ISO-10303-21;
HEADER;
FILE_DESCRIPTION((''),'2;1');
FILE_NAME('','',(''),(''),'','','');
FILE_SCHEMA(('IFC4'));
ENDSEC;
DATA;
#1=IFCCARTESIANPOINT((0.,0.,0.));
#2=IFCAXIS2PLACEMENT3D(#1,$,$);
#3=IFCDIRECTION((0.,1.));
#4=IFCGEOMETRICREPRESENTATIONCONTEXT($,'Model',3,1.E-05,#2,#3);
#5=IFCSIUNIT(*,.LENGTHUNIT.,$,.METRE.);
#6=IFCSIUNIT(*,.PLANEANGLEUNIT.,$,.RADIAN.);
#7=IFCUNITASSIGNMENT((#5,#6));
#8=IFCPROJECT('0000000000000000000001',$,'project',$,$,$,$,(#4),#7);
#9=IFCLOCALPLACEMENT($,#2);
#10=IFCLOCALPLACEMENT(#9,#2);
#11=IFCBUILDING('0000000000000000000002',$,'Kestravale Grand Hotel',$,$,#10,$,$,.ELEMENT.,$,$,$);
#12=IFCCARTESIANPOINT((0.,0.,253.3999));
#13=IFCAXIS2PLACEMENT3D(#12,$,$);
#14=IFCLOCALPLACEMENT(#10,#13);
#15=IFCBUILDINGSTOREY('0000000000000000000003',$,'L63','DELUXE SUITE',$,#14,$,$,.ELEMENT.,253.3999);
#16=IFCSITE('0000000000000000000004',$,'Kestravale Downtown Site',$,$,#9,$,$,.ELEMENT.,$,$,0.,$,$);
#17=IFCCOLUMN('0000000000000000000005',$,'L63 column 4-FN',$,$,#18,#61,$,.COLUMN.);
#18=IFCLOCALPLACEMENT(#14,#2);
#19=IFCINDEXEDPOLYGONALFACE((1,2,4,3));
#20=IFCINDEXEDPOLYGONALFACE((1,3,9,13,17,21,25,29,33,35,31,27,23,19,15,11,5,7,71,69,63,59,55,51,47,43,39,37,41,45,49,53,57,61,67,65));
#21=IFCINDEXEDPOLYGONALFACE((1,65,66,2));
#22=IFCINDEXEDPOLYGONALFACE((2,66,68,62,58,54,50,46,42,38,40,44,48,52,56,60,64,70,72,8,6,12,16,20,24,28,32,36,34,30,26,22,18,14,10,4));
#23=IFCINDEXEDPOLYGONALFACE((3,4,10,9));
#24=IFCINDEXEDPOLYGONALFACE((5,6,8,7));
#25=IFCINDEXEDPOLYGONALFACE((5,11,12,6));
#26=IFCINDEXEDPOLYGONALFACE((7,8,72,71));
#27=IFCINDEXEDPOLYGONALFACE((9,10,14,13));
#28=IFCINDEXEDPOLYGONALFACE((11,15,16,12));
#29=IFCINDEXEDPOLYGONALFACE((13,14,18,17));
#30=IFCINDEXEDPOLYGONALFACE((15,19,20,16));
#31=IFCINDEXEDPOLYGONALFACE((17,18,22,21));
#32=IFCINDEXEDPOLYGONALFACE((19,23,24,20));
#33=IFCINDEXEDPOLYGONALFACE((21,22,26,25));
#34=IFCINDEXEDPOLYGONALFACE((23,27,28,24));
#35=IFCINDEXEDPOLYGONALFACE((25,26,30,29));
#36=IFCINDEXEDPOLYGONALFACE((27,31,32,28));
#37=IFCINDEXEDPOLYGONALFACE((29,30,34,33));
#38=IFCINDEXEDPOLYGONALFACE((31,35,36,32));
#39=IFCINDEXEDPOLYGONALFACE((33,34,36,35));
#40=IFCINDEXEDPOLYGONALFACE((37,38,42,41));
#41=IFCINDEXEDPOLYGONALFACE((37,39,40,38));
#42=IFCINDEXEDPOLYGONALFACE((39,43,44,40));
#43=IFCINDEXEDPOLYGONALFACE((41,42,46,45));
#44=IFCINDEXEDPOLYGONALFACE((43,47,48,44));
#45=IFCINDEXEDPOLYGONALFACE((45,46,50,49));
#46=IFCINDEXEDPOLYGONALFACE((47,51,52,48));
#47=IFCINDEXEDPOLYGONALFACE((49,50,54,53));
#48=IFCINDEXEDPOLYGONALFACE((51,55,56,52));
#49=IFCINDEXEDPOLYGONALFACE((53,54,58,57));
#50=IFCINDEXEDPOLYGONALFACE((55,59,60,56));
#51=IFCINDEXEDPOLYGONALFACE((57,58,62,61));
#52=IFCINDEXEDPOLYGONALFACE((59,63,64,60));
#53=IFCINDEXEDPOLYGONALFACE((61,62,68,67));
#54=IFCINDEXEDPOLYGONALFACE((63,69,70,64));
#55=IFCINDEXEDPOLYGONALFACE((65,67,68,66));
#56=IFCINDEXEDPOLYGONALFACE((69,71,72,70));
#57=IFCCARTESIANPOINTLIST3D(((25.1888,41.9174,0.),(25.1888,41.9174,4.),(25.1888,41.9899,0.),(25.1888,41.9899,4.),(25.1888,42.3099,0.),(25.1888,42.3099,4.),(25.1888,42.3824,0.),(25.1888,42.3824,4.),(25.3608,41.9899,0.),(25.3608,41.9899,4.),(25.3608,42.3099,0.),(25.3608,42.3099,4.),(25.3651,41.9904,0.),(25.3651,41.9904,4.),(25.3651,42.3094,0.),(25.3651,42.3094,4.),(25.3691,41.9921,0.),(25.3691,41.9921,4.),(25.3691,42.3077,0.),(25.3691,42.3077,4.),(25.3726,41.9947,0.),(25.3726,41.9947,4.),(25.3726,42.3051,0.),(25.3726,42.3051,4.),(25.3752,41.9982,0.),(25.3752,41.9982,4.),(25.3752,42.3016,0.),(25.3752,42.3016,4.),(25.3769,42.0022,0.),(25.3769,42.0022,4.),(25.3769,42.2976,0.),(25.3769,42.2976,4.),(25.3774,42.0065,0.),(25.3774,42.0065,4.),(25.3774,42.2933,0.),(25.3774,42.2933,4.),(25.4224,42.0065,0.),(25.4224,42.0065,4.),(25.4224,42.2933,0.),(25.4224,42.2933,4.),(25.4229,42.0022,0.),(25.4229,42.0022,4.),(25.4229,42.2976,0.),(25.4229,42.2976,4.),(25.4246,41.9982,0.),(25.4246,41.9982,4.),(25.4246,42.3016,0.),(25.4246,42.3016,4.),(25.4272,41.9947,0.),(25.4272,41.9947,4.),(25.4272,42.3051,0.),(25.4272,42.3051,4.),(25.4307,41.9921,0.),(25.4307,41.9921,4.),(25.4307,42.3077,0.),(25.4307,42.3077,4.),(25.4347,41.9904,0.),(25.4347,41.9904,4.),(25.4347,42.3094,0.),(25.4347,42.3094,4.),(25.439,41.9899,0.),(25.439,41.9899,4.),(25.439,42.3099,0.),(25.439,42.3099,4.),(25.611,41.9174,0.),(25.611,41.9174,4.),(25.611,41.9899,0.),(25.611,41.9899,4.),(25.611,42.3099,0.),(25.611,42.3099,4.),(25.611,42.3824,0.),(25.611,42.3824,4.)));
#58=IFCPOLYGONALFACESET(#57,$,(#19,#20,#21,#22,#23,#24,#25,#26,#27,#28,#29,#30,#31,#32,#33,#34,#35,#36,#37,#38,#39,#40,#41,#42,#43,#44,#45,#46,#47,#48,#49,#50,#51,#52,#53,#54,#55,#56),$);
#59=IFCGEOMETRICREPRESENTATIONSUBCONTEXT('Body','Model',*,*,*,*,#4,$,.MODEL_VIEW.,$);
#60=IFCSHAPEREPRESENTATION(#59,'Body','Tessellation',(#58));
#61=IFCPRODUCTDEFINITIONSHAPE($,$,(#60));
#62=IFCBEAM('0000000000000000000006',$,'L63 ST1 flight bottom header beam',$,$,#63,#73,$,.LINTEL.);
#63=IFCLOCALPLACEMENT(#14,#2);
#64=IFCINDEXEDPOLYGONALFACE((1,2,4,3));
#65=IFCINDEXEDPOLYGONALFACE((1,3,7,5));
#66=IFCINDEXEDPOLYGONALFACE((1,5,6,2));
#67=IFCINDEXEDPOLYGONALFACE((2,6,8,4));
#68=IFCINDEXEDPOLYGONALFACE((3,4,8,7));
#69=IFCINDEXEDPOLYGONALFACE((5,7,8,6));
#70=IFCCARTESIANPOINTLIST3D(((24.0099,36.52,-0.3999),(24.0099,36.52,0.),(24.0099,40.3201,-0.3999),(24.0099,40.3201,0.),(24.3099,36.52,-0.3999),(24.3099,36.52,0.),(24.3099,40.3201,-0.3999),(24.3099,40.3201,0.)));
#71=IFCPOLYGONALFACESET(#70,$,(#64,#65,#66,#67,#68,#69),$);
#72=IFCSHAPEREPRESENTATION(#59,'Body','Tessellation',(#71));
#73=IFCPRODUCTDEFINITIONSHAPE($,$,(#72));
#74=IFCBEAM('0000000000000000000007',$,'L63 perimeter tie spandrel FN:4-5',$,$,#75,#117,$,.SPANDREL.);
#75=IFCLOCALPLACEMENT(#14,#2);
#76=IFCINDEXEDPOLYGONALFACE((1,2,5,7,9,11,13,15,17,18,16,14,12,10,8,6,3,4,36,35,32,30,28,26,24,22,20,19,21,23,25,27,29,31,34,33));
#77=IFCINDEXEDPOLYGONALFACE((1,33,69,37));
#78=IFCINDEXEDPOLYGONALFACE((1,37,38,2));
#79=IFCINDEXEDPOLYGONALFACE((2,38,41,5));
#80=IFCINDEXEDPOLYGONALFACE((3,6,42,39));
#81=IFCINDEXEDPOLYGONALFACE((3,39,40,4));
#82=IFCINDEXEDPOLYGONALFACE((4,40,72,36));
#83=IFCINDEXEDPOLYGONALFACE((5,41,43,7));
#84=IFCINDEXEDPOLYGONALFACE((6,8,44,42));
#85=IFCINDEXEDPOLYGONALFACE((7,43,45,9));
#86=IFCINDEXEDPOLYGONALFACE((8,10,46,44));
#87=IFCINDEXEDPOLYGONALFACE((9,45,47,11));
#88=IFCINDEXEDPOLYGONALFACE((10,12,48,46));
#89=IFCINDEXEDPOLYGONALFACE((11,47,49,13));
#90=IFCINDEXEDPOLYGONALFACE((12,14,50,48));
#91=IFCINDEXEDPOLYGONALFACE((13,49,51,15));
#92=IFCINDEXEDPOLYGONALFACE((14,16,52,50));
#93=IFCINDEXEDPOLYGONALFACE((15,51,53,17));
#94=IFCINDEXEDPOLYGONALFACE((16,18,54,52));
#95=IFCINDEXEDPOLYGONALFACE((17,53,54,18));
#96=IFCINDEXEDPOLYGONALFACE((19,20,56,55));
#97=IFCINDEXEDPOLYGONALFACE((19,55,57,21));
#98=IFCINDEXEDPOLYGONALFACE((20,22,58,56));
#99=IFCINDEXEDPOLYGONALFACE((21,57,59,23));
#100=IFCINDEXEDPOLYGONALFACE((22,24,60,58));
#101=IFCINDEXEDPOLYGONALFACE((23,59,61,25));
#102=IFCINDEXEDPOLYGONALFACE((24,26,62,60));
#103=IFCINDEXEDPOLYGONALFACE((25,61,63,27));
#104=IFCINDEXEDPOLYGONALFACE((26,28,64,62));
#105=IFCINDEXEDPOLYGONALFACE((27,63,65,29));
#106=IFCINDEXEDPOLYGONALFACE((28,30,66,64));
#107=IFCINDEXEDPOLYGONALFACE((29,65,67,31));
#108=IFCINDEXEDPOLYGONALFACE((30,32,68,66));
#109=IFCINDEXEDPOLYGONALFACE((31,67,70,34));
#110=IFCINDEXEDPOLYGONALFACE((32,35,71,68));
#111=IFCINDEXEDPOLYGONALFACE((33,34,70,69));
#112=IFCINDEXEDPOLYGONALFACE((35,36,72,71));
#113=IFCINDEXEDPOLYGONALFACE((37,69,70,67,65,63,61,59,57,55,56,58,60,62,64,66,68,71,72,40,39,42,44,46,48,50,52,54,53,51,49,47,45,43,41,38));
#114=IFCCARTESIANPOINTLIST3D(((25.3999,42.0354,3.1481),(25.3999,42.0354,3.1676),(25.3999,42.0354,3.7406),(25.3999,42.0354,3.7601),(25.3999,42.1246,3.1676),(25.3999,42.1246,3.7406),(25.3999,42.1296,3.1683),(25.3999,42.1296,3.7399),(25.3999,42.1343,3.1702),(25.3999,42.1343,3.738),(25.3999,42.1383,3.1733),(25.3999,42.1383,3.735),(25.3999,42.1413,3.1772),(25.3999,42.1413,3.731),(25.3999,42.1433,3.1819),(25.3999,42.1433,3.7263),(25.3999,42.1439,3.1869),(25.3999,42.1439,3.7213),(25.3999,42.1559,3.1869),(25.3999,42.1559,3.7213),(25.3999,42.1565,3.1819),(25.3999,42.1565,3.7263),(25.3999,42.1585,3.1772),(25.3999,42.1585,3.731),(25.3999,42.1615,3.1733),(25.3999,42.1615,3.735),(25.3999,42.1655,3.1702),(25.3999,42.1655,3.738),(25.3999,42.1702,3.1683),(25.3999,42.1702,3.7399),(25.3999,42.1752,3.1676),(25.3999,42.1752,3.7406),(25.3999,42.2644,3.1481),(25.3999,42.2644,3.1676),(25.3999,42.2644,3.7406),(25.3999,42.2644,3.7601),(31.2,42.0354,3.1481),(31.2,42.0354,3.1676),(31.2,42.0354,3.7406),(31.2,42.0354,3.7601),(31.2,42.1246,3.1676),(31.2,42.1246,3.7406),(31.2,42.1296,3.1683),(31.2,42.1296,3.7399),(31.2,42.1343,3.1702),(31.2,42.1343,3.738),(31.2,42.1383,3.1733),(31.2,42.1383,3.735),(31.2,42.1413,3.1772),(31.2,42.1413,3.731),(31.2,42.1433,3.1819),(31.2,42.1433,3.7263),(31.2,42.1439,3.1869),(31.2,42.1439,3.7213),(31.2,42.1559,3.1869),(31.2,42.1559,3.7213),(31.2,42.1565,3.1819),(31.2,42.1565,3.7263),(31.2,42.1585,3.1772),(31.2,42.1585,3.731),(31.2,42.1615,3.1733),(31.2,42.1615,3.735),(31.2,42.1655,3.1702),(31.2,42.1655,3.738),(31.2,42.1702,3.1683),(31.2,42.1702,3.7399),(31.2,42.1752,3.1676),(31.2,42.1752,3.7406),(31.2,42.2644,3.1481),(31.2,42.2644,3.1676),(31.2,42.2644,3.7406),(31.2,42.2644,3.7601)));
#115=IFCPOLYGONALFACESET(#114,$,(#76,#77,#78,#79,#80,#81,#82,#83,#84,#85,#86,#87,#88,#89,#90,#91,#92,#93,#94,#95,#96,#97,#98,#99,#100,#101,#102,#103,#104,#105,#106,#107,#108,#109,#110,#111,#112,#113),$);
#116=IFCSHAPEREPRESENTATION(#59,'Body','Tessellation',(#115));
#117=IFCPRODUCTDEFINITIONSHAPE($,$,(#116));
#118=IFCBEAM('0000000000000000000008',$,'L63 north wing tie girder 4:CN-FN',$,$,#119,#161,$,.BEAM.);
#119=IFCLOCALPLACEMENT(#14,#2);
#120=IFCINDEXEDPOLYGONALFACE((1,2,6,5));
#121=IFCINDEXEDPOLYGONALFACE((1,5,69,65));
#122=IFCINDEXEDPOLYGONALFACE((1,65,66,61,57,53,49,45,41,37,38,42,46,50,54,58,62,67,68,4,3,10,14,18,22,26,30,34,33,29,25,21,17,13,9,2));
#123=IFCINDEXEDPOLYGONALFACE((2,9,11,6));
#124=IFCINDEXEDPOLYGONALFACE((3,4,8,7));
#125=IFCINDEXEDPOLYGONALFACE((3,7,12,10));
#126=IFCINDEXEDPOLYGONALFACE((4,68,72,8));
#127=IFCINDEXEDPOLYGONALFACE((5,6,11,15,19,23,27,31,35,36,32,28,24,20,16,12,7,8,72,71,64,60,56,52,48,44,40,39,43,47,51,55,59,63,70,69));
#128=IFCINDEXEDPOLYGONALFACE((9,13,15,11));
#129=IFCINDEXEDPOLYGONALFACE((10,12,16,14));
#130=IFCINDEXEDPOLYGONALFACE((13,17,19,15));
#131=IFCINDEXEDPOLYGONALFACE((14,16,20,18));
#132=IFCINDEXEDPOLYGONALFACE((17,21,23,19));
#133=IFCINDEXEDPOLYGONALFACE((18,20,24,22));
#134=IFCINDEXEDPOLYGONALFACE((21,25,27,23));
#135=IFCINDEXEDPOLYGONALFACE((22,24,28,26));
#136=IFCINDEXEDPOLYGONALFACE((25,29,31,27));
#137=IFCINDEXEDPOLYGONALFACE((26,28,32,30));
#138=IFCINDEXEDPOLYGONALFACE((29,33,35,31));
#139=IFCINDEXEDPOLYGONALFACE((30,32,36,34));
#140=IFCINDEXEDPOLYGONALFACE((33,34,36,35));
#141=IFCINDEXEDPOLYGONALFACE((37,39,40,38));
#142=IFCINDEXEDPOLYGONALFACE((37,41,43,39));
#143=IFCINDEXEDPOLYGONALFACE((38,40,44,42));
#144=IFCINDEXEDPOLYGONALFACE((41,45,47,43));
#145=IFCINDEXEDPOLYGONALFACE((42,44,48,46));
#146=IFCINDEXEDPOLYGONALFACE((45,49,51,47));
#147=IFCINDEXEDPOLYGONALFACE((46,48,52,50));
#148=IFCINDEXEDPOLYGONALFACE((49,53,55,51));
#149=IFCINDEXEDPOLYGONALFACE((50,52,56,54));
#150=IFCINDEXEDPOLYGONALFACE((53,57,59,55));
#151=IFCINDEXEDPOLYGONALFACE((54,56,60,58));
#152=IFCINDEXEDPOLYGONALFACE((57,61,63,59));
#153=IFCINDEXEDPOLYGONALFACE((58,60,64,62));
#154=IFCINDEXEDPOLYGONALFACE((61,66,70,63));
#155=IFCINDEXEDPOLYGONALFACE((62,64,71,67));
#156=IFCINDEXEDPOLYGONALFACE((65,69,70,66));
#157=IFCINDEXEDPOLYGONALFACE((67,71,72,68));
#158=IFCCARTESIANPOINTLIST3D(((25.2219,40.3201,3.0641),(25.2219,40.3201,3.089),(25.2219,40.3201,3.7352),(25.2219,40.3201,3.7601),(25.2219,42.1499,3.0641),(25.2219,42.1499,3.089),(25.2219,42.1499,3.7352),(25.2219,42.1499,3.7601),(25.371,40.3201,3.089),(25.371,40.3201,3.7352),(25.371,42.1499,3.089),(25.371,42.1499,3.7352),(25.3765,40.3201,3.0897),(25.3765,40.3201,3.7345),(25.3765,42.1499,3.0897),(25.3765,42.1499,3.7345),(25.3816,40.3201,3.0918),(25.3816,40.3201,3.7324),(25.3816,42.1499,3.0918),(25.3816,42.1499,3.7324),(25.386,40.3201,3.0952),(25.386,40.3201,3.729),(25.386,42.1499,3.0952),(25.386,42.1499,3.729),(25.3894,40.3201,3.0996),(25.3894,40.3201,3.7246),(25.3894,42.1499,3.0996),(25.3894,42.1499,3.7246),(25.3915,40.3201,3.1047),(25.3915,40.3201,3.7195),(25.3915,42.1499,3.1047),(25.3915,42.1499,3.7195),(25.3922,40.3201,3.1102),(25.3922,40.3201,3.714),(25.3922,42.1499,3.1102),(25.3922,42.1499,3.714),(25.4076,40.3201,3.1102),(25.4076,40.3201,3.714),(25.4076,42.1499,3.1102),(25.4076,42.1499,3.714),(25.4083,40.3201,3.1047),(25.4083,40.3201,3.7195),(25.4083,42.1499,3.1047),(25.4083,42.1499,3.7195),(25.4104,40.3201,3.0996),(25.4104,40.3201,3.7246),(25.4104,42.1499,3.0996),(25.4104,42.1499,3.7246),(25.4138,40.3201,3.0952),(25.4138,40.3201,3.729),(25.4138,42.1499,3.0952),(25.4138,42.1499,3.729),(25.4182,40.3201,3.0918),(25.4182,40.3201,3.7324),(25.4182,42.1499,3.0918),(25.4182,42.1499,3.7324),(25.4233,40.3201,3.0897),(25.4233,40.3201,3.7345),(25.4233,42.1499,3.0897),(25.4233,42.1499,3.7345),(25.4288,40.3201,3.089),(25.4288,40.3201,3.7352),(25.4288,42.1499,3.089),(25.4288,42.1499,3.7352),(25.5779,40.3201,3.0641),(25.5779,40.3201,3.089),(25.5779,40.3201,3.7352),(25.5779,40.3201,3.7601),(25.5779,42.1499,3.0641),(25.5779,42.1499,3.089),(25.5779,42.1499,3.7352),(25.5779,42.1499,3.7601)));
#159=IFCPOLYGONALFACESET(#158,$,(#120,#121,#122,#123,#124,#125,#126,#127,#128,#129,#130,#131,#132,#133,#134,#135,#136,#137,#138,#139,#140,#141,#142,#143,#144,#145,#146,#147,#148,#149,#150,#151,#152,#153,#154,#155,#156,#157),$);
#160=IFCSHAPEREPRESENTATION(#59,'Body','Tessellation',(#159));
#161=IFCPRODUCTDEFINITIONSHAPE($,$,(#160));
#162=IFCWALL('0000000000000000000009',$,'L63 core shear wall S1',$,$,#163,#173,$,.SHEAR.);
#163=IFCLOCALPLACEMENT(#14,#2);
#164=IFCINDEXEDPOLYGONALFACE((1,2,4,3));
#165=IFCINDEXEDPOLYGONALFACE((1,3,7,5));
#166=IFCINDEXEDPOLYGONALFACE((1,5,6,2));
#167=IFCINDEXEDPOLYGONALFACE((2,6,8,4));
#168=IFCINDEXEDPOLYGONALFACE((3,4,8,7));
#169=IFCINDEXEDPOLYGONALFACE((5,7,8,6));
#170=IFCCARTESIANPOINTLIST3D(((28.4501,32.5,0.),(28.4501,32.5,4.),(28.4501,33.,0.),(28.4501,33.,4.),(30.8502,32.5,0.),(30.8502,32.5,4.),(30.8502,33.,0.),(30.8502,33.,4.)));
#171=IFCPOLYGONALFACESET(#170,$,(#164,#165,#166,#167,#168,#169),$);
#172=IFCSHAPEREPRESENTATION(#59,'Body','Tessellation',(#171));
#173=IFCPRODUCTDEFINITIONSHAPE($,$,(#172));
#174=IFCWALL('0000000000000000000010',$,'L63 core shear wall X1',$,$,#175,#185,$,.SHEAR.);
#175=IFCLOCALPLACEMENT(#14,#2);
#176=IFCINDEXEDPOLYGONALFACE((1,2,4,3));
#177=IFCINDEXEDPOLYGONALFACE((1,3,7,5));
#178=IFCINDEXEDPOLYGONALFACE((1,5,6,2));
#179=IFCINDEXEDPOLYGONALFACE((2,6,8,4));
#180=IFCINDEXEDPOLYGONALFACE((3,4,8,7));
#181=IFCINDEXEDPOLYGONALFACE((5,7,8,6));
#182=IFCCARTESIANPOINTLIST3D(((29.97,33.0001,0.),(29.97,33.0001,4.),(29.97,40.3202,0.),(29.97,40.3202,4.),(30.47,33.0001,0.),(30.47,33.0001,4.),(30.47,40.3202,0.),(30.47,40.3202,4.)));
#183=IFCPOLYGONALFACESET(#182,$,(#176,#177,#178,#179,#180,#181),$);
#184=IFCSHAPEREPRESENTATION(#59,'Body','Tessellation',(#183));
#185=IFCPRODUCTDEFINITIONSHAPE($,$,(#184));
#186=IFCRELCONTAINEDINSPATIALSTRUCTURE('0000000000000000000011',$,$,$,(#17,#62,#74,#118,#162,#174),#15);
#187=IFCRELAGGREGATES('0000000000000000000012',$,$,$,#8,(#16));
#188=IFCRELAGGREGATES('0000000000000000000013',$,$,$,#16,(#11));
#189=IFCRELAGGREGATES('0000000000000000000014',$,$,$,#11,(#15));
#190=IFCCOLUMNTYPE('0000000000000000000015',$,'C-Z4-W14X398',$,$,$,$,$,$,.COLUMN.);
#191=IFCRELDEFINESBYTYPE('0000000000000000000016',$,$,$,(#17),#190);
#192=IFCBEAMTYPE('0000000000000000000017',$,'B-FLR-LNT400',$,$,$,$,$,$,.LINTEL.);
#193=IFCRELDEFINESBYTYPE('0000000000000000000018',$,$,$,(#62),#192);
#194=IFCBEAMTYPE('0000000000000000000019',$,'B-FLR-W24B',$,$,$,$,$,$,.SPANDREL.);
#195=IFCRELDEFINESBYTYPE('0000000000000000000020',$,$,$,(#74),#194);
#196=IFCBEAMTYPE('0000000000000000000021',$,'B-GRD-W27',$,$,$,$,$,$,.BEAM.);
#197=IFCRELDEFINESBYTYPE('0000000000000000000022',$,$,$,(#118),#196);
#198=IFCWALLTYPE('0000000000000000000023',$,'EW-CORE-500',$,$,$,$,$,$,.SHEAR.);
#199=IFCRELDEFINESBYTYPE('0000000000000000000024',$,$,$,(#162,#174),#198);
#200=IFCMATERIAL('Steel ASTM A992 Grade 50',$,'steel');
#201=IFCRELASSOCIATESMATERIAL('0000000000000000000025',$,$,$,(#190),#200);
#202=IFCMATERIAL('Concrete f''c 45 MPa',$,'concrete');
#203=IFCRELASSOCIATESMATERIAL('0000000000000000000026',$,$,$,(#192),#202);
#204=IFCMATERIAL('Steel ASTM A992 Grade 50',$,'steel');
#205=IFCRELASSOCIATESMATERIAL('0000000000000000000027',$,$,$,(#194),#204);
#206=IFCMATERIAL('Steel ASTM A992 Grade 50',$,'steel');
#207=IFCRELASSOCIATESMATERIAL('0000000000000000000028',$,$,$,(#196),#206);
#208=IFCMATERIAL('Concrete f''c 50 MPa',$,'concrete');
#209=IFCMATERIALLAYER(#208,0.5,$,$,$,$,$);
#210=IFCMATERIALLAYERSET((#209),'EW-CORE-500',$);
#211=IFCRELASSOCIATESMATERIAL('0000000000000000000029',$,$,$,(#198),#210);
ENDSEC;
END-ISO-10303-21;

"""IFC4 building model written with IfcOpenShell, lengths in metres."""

from ifc_helpers import new_model, si_unit, direction, frame, frame_2d, origin, origin_2d, place, context, subcontext, project, spatial, rectangle, i_section, extrude, material, layer, layer_set, material_profile, profile_set, type_object, element, save


model = new_model("IFC4")

# Units and contexts
model_context = context("Model", 3, precision=1e-05, world=origin(), true_north=direction((0.0, 1.0)))
body_context = subcontext(model_context, "Body", "Model", "MODEL_VIEW")
ifc_project = project(units=[si_unit("LENGTHUNIT", "METRE"), si_unit("PLANEANGLEUNIT", "RADIAN")], contexts=[model_context])

# Site, building, storey
site_placement = place(None, origin())
site = spatial("IfcSite", under=ifc_project, at=site_placement, Name="Kestravale Downtown Site", CompositionType="ELEMENT", RefElevation=0.0)
building_placement = place(site_placement, origin())
building = spatial("IfcBuilding", under=site, at=building_placement, Name="Kestravale Grand Hotel", CompositionType="ELEMENT")
storey_placement = place(building_placement, frame((0.0, 0.0, 253.3999)))
storey = spatial("IfcBuildingStorey", under=building, at=storey_placement, Name="L63", Description="DELUXE SUITE", CompositionType="ELEMENT", Elevation=253.3999)

# Column
ifc_material_1 = material(Name="Steel ASTM A992 Grade 50", Category="steel")
ifc_material_profile_1 = material_profile(ifc_material_1, i_section(OverallWidth=0.4221, OverallDepth=0.4651, WebThickness=0.0449, FlangeThickness=0.0725, FilletRadius=0.0166, at=origin_2d()))
ifc_profile_set_1 = profile_set([ifc_material_profile_1], Name="Steel ASTM A992 Grade 50")
column_type = type_object("IfcColumnType", Name="C-Z4-W14X398", PredefinedType="COLUMN", material=ifc_profile_set_1)
column_placement = place(storey_placement, frame((25.3999, 42.1499, 0.0), z_axis=(0.0, 0.0, 1.0), x_axis=(1.0, 0.0, 0.0)))
element("IfcColumn", 1, at=column_placement, inside=storey, type_object=column_type, Name="L63 column 4-FN", PredefinedType="COLUMN", context=body_context, shape_type="SweptSolid", body=[
    extrude(i_section(OverallWidth=0.4221, OverallDepth=0.4651, WebThickness=0.0449, FlangeThickness=0.0725, FilletRadius=0.0166, at=origin_2d()), origin(), (0.0, 0.0, 1.0), 4.0),
])

# Beams
ifc_material_2 = material(Name="Concrete f'c 45 MPa", Category="concrete")
ifc_material_profile_2 = material_profile(ifc_material_2, rectangle(XDim=0.3, YDim=0.3999, at=origin_2d()))
ifc_profile_set_2 = profile_set([ifc_material_profile_2], Name="Concrete f'c 45 MPa")
beam_type_1 = type_object("IfcBeamType", Name="B-FLR-LNT400", PredefinedType="LINTEL", material=ifc_profile_set_2)
beam_1_placement = place(storey_placement, frame((24.1599, 36.52, -0.2), z_axis=(0.0, 1.0, 0.0), x_axis=(-1.0, 0.0, 0.0)))
element("IfcBeam", 2, at=beam_1_placement, inside=storey, type_object=beam_type_1, Name="L63 ST1 flight bottom header beam", PredefinedType="LINTEL", context=body_context, shape_type="SweptSolid", body=[
    extrude(rectangle(XDim=0.3, YDim=0.3999, at=origin_2d()), origin(), (0.0, 0.0, 1.0), 3.8),
])
ifc_material_3 = material(Name="Steel ASTM A992 Grade 50", Category="steel")
ifc_material_profile_3 = material_profile(ifc_material_3, i_section(OverallWidth=0.229, OverallDepth=0.6121, WebThickness=0.012, FlangeThickness=0.0195, FilletRadius=0.0193, at=origin_2d()))
ifc_profile_set_3 = profile_set([ifc_material_profile_3], Name="Steel ASTM A992 Grade 50")
beam_type_2 = type_object("IfcBeamType", Name="B-FLR-W24B", PredefinedType="SPANDREL", material=ifc_profile_set_3)
beam_2_placement = place(storey_placement, frame((25.3999, 42.1499, 3.4541), z_axis=(1.0, 0.0, 0.0), x_axis=(0.0, 1.0, 0.0)))
element("IfcBeam", 3, at=beam_2_placement, inside=storey, type_object=beam_type_2, Name="L63 perimeter tie spandrel FN:4-5", PredefinedType="SPANDREL", context=body_context, shape_type="SweptSolid", body=[
    extrude(i_section(OverallWidth=0.229, OverallDepth=0.6121, WebThickness=0.012, FlangeThickness=0.0195, FilletRadius=0.0193, at=origin_2d()), origin(), (0.0, 0.0, 1.0), 5.8),
])
ifc_material_4 = material(Name="Steel ASTM A992 Grade 50", Category="steel")
ifc_material_profile_4 = material_profile(ifc_material_4, i_section(OverallWidth=0.356, OverallDepth=0.696, WebThickness=0.0154, FlangeThickness=0.0249, FilletRadius=0.0212, at=origin_2d()))
ifc_profile_set_4 = profile_set([ifc_material_profile_4], Name="Steel ASTM A992 Grade 50")
beam_type_3 = type_object("IfcBeamType", Name="B-GRD-W27", PredefinedType="BEAM", material=ifc_profile_set_4)
beam_3_placement = place(storey_placement, frame((25.3999, 40.3201, 3.4121), z_axis=(0.0, 1.0, 0.0), x_axis=(-1.0, 0.0, 0.0)))
element("IfcBeam", 4, at=beam_3_placement, inside=storey, type_object=beam_type_3, Name="L63 north wing tie girder 4:CN-FN", PredefinedType="BEAM", context=body_context, shape_type="SweptSolid", body=[
    extrude(i_section(OverallWidth=0.356, OverallDepth=0.696, WebThickness=0.0154, FlangeThickness=0.0249, FilletRadius=0.0212, at=origin_2d()), origin(), (0.0, 0.0, 1.0), 1.8298),
])

# Walls
ifc_material_5 = material(Name="Concrete f'c 50 MPa", Category="concrete")
ifc_layer_1 = layer(ifc_material_5, 0.5)
ifc_layer_set_1 = layer_set([ifc_layer_1], Name="EW-CORE-500")
wall_type_1 = type_object("IfcWallType", Name="EW-CORE-500", PredefinedType="SHEAR", material=ifc_layer_set_1)
wall_1_placement = place(storey_placement, frame((28.45, 32.75, 0.0), z_axis=(0.0, 0.0, 1.0), x_axis=(1.0, 0.0, 0.0)))
element("IfcWall", 5, at=wall_1_placement, inside=storey, type_object=wall_type_1, Name="L63 core shear wall S1", PredefinedType="SHEAR", context=body_context, shape_type="SweptSolid", body=[
    extrude(rectangle(XDim=2.4001, YDim=0.5, at=frame_2d((1.2002, 0.0))), origin(), (0.0, 0.0, 1.0), 4.0),
])
wall_2_placement = place(storey_placement, frame((30.22, 33.0, 0.0), z_axis=(0.0, 0.0, 1.0), x_axis=(0.0, 1.0, 0.0)))
element("IfcWall", 6, at=wall_2_placement, inside=storey, type_object=wall_type_1, Name="L63 core shear wall X1", PredefinedType="SHEAR", context=body_context, shape_type="SweptSolid", body=[
    extrude(rectangle(XDim=7.3201, YDim=0.5, at=frame_2d((3.6602, 0.0))), origin(), (0.0, 0.0, 1.0), 4.0),
])

save(model, "model.ifc")
